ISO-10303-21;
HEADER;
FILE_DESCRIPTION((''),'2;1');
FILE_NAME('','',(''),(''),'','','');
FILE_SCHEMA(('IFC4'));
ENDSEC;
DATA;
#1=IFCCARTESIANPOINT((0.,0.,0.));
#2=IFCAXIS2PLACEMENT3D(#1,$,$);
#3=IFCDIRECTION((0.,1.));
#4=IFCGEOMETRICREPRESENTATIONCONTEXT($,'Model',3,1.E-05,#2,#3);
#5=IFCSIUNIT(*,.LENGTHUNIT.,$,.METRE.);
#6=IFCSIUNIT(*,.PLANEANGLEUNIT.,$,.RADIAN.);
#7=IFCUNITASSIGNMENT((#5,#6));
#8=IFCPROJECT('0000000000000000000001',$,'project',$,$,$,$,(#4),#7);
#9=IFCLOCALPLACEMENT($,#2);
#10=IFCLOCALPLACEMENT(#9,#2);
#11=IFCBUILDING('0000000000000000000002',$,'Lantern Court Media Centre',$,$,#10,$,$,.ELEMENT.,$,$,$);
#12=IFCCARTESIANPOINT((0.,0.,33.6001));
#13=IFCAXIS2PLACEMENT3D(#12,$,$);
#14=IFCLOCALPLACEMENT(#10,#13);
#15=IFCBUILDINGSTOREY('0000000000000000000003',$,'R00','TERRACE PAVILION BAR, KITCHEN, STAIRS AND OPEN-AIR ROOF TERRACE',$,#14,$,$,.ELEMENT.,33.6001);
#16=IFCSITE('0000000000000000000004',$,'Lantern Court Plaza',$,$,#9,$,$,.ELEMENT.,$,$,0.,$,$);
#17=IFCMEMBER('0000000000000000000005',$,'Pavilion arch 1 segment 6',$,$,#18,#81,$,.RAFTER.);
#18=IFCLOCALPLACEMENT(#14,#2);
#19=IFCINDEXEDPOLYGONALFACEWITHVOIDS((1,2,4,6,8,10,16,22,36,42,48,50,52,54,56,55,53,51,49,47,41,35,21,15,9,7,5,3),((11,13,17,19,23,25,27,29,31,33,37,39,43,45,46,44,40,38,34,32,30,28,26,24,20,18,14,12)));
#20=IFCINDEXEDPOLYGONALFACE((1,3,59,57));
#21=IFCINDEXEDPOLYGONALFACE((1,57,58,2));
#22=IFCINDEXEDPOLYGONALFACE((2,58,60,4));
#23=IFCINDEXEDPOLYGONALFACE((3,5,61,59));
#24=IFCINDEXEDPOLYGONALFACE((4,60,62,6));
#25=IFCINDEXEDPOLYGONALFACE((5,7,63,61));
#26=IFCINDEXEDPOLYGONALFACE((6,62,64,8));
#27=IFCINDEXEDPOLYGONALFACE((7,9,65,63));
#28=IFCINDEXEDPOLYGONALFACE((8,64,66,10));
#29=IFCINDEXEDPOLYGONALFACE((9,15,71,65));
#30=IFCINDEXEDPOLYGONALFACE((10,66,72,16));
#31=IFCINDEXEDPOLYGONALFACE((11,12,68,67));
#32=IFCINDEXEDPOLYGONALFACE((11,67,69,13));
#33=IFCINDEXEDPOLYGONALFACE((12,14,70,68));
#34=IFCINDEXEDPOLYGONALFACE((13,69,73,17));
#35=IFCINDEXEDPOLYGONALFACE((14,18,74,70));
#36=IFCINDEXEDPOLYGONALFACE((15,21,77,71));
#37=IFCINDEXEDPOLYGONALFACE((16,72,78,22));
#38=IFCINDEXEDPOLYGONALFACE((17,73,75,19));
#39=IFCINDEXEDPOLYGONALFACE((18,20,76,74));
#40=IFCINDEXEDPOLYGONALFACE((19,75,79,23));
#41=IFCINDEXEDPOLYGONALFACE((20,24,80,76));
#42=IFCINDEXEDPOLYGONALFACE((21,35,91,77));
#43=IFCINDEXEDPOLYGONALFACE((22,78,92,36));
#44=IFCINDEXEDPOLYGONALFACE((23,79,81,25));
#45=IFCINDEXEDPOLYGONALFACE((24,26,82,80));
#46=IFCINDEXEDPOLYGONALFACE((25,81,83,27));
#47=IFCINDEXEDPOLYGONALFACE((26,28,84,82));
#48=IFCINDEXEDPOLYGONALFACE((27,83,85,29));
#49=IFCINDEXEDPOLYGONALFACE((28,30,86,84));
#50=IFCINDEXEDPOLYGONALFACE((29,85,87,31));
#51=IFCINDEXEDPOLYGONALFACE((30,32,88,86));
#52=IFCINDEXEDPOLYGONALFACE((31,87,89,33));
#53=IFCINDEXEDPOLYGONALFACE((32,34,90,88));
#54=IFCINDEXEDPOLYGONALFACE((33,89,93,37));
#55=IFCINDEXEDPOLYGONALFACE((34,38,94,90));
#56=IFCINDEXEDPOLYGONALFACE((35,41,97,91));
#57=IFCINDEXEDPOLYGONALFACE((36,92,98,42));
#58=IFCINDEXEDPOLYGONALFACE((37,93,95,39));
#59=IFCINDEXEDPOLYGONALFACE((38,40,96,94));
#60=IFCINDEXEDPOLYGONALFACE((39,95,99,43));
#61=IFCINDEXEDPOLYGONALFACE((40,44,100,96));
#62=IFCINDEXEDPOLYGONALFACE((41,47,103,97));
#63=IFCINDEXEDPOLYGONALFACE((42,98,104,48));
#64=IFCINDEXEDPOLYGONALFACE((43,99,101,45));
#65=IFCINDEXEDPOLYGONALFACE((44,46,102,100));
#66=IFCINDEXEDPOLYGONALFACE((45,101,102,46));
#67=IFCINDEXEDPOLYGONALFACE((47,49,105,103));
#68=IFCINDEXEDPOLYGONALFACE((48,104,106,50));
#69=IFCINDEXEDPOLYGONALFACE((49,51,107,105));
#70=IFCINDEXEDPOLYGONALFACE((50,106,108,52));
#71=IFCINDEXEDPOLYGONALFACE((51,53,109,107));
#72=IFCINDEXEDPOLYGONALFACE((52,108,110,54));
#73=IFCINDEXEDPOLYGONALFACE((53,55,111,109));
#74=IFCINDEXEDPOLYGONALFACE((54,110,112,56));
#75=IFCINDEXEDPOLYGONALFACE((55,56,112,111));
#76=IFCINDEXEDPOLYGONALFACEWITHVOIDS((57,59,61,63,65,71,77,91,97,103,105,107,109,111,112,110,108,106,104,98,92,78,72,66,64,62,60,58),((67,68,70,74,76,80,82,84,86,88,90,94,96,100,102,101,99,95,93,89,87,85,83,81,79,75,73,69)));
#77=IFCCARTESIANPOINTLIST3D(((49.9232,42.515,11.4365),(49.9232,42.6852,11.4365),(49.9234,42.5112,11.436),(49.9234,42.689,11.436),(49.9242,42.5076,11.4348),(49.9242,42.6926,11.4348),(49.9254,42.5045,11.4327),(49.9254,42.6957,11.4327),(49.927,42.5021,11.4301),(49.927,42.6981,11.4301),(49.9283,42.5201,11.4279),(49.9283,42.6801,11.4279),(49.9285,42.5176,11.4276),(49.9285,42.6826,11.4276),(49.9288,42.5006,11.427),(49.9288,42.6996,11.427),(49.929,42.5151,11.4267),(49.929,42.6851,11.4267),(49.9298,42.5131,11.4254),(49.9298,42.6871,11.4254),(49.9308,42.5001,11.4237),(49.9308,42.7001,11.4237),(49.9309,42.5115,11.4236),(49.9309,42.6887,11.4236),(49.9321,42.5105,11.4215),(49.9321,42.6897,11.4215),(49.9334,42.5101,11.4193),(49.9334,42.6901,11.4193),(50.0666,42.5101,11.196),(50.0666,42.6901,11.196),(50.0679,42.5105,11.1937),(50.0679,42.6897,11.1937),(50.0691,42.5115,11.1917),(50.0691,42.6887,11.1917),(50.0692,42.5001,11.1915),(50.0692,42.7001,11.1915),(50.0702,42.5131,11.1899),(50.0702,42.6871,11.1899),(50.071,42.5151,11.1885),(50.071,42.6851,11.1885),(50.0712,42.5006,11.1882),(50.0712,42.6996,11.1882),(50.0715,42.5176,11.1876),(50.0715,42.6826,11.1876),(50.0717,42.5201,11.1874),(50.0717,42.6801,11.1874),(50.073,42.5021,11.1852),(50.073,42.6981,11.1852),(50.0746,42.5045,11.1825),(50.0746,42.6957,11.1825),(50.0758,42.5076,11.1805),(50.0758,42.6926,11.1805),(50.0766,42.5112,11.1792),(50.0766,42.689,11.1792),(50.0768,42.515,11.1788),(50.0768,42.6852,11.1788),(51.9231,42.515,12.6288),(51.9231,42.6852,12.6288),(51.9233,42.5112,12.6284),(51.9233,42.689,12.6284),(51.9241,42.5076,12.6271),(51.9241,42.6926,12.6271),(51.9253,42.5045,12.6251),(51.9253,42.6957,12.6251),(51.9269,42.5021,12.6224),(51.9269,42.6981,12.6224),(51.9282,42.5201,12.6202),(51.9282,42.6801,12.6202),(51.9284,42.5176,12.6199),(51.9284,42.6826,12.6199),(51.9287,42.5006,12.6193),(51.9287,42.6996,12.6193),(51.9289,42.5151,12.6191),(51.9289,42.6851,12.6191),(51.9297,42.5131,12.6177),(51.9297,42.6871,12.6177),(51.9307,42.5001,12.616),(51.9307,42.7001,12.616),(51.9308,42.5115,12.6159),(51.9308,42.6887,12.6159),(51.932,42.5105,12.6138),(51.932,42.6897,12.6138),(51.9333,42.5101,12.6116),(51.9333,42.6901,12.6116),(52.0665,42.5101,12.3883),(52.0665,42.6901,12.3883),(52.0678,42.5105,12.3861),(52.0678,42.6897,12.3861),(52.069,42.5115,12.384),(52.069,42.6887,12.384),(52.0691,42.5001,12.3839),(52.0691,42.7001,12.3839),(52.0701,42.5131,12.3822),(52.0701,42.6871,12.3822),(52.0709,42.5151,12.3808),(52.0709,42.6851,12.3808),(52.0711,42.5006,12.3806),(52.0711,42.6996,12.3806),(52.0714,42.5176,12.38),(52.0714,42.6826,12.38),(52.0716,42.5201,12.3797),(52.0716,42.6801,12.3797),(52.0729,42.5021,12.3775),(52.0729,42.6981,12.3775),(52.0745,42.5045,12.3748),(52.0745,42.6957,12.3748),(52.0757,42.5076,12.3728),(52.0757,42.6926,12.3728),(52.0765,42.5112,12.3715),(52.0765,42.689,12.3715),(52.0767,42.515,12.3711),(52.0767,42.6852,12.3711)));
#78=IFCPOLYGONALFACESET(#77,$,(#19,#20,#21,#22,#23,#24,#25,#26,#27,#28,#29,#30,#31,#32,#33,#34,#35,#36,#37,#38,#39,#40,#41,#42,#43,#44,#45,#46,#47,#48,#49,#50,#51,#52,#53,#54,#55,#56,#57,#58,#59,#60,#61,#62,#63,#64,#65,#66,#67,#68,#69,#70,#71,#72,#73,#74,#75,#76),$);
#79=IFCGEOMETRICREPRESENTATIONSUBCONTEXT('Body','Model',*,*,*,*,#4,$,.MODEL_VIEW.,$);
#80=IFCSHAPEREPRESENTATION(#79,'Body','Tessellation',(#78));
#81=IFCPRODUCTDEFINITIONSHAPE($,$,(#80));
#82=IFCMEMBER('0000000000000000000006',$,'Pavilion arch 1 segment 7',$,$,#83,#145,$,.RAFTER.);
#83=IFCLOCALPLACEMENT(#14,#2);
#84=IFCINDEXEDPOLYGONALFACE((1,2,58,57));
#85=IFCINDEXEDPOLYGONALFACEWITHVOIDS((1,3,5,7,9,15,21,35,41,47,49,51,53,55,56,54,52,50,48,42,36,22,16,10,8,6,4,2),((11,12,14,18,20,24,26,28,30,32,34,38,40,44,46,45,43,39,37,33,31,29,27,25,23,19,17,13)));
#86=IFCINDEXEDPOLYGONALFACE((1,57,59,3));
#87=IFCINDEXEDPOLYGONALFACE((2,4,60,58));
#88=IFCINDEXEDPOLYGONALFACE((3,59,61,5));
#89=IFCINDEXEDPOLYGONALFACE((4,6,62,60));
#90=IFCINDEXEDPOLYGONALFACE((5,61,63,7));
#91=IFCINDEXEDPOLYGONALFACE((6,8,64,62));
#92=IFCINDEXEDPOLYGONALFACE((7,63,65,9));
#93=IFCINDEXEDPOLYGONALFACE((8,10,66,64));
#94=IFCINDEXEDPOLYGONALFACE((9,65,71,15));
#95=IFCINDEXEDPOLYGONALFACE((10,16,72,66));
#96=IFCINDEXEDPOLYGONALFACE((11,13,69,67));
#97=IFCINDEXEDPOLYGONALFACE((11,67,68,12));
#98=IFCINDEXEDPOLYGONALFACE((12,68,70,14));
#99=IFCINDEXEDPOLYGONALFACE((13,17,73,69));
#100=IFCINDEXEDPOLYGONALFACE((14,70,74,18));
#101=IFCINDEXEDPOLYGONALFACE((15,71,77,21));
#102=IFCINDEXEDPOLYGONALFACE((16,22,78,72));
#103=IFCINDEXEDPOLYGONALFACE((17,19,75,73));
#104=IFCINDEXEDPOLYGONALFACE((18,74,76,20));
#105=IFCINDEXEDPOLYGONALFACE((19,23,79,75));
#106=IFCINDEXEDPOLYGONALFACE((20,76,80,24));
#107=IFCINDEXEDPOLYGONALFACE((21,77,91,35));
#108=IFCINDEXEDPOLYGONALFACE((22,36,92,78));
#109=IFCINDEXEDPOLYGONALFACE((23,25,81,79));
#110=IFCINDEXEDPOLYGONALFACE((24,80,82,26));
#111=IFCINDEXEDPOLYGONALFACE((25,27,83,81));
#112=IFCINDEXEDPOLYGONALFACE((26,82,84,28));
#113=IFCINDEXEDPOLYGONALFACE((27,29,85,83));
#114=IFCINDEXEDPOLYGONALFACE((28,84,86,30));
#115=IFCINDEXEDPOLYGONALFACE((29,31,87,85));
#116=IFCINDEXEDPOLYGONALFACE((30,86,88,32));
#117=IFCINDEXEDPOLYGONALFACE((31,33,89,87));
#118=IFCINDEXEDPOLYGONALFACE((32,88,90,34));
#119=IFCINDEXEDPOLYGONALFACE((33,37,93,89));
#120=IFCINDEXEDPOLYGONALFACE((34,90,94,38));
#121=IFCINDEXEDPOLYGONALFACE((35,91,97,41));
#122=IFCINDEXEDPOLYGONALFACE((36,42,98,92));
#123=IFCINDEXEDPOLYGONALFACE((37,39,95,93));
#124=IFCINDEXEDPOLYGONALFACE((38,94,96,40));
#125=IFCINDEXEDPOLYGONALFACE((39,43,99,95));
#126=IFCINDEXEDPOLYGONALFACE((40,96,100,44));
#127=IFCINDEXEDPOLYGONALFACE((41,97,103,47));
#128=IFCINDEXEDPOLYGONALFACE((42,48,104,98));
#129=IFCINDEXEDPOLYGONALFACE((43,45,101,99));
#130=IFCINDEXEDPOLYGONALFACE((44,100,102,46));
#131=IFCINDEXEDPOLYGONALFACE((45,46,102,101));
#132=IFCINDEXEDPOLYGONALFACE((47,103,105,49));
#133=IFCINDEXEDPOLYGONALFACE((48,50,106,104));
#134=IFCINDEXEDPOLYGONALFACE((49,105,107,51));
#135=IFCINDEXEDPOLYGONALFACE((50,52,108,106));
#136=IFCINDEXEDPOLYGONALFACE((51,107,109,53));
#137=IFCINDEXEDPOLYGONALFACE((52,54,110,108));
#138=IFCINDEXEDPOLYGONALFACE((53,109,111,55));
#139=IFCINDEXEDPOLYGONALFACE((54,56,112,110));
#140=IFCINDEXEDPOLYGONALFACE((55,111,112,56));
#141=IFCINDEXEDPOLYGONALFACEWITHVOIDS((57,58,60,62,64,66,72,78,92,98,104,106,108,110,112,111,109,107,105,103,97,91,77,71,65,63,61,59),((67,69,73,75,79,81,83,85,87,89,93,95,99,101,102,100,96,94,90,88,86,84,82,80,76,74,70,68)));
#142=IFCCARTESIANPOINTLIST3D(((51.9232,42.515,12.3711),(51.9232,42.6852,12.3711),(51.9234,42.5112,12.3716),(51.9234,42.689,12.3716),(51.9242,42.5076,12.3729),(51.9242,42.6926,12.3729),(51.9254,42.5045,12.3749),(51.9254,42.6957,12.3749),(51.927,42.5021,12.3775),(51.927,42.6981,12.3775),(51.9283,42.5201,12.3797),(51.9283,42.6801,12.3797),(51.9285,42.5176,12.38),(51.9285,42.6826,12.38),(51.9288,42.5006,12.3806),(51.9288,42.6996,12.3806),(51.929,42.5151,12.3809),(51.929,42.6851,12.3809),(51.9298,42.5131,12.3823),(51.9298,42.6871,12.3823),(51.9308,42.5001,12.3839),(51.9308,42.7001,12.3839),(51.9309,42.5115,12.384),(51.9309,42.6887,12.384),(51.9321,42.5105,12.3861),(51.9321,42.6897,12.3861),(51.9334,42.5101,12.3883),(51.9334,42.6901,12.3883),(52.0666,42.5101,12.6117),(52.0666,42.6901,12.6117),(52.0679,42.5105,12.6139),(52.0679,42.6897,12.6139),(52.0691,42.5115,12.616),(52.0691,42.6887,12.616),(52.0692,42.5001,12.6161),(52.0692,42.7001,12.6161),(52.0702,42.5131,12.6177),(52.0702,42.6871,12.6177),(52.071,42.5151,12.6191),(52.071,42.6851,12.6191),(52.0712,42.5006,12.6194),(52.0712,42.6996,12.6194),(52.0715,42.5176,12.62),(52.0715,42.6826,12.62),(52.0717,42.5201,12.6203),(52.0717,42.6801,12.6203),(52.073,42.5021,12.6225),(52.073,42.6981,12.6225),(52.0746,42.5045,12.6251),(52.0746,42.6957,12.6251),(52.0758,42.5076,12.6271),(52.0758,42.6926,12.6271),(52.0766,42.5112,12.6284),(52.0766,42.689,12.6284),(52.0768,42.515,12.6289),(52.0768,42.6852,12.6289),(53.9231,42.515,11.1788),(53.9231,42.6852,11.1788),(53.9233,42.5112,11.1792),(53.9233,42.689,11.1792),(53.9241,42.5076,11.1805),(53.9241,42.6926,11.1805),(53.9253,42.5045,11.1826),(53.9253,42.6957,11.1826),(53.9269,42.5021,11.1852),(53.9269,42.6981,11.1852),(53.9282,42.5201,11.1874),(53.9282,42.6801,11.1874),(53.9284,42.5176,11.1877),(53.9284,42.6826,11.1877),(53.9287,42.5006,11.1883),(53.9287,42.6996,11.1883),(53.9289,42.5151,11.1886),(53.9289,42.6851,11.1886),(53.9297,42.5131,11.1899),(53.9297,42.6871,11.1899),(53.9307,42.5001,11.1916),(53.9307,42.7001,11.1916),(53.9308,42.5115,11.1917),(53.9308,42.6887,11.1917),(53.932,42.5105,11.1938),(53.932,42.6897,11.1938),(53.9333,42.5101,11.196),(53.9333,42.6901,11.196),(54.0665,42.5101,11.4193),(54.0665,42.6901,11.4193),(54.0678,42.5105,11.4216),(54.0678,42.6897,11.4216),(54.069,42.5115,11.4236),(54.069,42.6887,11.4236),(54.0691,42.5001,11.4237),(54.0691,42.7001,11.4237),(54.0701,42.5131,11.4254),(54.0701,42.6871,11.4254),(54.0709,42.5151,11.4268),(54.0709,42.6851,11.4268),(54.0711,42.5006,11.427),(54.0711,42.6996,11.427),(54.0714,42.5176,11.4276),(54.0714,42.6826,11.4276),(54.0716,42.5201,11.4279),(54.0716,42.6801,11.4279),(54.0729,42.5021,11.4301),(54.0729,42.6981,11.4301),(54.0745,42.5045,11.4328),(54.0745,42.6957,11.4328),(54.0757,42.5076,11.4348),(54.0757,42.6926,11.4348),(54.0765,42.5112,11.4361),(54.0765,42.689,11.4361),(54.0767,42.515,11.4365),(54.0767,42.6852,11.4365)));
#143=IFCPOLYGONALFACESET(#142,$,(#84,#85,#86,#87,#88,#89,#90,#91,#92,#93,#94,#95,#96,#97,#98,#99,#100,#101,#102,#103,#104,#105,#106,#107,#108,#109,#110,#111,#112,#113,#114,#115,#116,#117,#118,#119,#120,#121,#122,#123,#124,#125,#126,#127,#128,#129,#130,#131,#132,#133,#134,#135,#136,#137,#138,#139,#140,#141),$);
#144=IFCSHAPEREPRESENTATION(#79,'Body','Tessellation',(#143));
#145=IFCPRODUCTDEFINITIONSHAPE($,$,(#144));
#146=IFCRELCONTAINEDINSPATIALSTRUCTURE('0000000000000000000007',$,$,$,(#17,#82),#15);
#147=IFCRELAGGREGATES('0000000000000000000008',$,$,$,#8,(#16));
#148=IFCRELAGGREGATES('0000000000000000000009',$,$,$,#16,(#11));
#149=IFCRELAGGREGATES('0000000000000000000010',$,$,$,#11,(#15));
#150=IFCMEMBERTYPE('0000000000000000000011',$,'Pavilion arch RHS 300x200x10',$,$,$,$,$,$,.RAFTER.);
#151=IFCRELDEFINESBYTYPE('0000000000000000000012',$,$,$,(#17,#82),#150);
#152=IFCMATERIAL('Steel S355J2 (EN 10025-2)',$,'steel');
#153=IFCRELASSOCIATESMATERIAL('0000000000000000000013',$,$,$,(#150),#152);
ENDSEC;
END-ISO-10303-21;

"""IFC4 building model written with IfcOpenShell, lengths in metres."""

from ifc_helpers import new_model, si_unit, direction, frame, origin, origin_2d, place, context, subcontext, project, spatial, hollow_rectangle, extrude, material, material_profile, profile_set, type_object, element, save


model = new_model("IFC4")

# Units and contexts
model_context = context("Model", 3, precision=1e-05, world=origin(), true_north=direction((0.0, 1.0)))
body_context = subcontext(model_context, "Body", "Model", "MODEL_VIEW")
ifc_project = project(units=[si_unit("LENGTHUNIT", "METRE"), si_unit("PLANEANGLEUNIT", "RADIAN")], contexts=[model_context])

# Site, building, storey
site_placement = place(None, origin())
site = spatial("IfcSite", under=ifc_project, at=site_placement, Name="Lantern Court Plaza", CompositionType="ELEMENT", RefElevation=0.0)
building_placement = place(site_placement, origin())
building = spatial("IfcBuilding", under=site, at=building_placement, Name="Lantern Court Media Centre", CompositionType="ELEMENT")
storey_placement = place(building_placement, frame((0.0, 0.0, 33.6001)))
storey = spatial("IfcBuildingStorey", under=building, at=storey_placement, Name="R00", Description="TERRACE PAVILION BAR, KITCHEN, STAIRS AND OPEN-AIR ROOF TERRACE", CompositionType="ELEMENT", Elevation=33.6001)

# Members
ifc_material_1 = material(Name="Steel S355J2 (EN 10025-2)", Category="steel")
ifc_material_profile_1 = material_profile(ifc_material_1, hollow_rectangle(XDim=0.2, YDim=0.3, WallThickness=0.01, InnerFilletRadius=0.01, OuterFilletRadius=0.0149, at=origin_2d()), Name="Pavilion arch RHS 300x200x10")
ifc_profile_set_1 = profile_set([ifc_material_profile_1], Name="Steel S355J2 (EN 10025-2)")
member_type_1 = type_object("IfcMemberType", Name="Pavilion arch RHS 300x200x10", PredefinedType="RAFTER", material=ifc_profile_set_1)
for number, where, z_axis, x_axis, name in (
    (1, (50.0, 42.6001, 11.3076), (0.858933, 0.0, 0.512088), (0.0, 1.0, 0.0), "Pavilion arch 1 segment 6"),
    (2, (52.0, 42.6001, 12.5), (0.858933, 0.0, -0.512088), (0.0, 1.0, 0.0), "Pavilion arch 1 segment 7"),
):
    element("IfcMember", number, at=place(storey_placement, frame(where, z_axis=z_axis, x_axis=x_axis)), inside=storey, type_object=member_type_1, Name=name, PredefinedType="RAFTER", context=body_context, shape_type="SweptSolid", body=[
        extrude(hollow_rectangle(XDim=0.2, YDim=0.3, WallThickness=0.01, InnerFilletRadius=0.01, OuterFilletRadius=0.0149, at=origin_2d()), origin(), (0.0, 0.0, 1.0), 2.3284),
    ])

save(model, "model.ifc")
